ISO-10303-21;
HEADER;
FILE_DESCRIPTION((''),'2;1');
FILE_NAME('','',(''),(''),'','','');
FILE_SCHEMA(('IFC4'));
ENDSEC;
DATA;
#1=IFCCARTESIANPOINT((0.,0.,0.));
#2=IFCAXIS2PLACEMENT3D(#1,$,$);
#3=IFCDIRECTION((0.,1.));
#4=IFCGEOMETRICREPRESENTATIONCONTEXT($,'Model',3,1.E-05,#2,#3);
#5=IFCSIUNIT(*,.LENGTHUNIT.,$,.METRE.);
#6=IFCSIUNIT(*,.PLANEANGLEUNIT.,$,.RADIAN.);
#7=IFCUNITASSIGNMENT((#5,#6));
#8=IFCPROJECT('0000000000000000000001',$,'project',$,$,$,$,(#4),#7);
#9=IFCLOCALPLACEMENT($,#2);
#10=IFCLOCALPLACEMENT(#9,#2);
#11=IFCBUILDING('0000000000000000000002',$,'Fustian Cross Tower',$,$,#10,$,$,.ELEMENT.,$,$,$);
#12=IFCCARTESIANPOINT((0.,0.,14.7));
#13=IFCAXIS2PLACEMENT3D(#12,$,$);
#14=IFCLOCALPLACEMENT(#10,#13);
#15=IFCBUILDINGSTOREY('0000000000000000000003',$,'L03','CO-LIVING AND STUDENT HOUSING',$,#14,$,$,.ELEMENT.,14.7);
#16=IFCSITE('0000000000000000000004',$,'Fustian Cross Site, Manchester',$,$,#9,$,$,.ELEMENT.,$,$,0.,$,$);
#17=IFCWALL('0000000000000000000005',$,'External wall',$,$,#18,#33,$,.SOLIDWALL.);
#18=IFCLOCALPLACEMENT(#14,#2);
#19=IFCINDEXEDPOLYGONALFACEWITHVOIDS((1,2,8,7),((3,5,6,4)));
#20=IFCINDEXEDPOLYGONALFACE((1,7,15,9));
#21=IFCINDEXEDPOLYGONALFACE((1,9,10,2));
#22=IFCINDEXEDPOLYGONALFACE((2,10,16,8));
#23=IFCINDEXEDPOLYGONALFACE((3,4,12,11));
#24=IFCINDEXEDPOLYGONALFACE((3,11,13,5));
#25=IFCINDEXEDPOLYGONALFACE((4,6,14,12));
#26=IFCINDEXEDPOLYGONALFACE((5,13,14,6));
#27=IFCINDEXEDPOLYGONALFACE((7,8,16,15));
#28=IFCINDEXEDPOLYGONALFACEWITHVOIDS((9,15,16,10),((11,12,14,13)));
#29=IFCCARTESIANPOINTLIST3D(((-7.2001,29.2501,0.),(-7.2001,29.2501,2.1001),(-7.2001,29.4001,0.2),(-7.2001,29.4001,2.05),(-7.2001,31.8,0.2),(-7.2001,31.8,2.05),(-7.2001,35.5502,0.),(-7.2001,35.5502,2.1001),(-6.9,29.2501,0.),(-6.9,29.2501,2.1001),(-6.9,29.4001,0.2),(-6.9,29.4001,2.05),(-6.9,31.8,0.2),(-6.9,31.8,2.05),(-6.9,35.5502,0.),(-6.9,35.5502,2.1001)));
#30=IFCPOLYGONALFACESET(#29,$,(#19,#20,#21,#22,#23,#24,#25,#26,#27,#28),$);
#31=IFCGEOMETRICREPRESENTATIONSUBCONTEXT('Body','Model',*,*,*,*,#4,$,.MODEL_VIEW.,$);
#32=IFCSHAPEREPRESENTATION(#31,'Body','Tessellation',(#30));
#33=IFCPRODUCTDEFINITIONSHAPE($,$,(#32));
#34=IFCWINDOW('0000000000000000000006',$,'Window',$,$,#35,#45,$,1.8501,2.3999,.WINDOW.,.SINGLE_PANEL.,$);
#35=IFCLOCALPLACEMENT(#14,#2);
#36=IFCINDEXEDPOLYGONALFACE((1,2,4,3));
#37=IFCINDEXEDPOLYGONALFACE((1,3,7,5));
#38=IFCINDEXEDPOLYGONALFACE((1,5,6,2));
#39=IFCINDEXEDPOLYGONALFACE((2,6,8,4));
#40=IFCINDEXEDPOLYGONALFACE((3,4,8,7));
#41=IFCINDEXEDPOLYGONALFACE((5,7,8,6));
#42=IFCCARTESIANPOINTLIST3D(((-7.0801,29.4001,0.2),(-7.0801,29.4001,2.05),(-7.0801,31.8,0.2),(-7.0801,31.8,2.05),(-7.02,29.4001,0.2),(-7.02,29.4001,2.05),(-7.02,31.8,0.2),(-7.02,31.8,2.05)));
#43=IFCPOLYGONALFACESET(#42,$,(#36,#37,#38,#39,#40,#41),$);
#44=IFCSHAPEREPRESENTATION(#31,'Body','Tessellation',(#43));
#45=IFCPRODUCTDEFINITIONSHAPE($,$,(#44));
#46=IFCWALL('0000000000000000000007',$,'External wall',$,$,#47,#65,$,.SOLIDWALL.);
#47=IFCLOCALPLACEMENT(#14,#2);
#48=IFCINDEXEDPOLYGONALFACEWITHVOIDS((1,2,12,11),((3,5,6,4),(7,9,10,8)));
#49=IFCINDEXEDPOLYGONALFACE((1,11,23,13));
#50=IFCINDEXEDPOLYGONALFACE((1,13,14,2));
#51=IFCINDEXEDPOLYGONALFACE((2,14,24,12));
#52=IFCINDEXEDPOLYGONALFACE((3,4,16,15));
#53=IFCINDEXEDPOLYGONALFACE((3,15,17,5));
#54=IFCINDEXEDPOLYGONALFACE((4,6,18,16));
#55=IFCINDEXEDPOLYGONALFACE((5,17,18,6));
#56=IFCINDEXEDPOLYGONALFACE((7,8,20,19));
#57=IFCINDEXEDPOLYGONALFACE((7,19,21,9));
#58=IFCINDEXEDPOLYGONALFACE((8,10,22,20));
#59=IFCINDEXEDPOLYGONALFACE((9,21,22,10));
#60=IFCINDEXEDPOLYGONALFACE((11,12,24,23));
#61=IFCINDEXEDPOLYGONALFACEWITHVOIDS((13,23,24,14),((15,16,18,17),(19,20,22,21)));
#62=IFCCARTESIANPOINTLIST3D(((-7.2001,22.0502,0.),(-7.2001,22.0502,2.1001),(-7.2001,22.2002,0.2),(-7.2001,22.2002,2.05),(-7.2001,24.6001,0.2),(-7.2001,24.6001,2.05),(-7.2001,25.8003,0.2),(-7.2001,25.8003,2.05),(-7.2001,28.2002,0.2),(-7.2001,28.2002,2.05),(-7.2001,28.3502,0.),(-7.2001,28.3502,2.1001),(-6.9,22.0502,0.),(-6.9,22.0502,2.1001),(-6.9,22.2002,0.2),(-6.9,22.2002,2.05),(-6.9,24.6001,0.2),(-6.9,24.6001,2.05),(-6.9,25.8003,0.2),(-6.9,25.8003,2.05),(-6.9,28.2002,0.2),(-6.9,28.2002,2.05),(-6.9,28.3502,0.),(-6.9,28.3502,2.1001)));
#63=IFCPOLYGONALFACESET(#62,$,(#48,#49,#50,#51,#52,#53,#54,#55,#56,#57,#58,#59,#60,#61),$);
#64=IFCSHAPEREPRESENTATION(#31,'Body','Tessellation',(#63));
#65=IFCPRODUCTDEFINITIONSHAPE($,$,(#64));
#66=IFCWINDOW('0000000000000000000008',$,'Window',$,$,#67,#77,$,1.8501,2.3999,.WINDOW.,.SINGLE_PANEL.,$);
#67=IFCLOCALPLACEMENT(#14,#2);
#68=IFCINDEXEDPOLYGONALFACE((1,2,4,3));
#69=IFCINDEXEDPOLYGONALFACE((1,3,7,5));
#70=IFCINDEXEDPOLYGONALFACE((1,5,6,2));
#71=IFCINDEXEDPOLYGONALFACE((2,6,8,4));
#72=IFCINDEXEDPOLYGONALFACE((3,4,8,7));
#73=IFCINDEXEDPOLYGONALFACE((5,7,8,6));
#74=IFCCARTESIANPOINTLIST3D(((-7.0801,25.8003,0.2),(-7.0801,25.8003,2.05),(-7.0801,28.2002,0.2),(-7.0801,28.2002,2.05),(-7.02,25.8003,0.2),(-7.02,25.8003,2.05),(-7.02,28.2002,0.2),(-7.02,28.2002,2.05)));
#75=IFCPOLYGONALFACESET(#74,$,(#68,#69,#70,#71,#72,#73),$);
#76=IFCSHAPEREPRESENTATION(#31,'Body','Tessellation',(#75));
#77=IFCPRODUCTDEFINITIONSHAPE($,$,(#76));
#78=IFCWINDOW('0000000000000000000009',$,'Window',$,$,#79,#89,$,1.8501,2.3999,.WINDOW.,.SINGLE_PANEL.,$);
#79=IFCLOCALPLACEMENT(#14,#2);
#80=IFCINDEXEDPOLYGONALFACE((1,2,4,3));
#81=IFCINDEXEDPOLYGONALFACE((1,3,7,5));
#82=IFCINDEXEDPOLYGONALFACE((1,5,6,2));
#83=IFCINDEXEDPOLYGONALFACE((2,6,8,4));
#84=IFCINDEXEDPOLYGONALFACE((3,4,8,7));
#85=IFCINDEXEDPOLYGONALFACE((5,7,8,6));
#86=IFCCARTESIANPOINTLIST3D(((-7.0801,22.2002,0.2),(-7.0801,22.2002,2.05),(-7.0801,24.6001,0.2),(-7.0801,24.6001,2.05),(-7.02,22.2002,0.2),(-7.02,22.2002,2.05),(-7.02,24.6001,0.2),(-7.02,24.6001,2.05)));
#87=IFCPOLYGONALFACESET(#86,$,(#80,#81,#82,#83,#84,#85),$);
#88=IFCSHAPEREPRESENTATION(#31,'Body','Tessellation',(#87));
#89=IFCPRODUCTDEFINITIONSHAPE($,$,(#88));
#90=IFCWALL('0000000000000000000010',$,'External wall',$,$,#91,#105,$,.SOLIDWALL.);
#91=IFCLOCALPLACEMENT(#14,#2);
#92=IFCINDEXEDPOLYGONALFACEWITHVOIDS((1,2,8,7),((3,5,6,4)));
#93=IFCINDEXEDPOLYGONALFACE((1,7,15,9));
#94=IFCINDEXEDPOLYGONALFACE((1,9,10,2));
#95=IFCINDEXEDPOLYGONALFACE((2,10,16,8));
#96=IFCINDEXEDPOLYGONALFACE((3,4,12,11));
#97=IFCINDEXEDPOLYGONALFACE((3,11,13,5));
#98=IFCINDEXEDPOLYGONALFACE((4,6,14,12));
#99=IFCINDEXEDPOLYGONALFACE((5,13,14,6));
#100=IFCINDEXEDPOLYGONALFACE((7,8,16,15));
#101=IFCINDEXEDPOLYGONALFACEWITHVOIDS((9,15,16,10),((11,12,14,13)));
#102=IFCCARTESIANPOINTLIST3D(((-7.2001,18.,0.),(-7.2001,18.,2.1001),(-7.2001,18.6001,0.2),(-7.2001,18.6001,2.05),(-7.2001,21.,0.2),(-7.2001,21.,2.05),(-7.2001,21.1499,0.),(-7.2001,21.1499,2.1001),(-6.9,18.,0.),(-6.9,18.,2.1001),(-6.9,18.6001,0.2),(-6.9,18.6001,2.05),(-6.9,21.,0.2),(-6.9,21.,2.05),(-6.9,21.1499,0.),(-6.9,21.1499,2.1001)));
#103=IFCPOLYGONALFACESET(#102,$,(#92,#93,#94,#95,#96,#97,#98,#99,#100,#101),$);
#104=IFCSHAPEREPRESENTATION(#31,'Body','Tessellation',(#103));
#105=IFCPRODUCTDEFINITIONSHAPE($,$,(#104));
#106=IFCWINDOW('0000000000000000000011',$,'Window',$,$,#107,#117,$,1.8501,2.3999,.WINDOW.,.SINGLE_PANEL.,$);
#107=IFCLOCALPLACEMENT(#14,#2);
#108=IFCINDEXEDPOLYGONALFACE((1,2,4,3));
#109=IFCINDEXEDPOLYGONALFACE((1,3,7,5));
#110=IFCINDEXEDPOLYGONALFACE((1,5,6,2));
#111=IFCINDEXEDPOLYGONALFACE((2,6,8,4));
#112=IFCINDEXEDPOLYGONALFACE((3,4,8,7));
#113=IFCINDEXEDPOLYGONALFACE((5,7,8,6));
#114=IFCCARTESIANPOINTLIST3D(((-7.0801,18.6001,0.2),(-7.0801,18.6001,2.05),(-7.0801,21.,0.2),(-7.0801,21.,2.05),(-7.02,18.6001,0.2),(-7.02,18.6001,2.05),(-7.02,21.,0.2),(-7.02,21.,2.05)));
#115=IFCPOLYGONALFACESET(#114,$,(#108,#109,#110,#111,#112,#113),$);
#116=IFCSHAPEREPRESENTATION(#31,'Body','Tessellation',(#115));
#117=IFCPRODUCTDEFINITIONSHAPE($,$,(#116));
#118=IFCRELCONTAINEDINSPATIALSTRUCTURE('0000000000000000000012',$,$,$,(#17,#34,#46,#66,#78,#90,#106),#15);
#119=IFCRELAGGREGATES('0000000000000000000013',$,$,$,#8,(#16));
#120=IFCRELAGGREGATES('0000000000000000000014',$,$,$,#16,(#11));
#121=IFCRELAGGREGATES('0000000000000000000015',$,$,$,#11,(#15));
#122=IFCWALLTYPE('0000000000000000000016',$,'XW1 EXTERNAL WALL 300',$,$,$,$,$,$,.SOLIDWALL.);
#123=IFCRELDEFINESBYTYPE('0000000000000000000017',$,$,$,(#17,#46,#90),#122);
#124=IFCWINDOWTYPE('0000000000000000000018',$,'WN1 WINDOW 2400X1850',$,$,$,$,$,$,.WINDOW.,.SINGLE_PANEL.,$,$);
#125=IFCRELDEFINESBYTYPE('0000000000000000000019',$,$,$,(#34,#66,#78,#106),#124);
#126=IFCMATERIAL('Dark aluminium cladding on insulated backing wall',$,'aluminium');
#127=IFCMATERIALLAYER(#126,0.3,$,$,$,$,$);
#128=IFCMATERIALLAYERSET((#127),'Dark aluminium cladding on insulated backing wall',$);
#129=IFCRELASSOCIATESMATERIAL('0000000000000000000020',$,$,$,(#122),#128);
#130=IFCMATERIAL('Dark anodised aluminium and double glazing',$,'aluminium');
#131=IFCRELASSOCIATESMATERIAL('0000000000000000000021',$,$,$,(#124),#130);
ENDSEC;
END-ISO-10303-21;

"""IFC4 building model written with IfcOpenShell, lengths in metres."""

from ifc_helpers import new_model, si_unit, direction, frame, frame_2d, origin, place, context, subcontext, project, spatial, rectangle, extrude, material, layer, layer_set, type_object, element, fill, save


model = new_model("IFC4")

# Units and contexts
model_context = context("Model", 3, precision=1e-05, world=origin(), true_north=direction((0.0, 1.0)))
body_context = subcontext(model_context, "Body", "Model", "MODEL_VIEW")
ifc_project = project(units=[si_unit("LENGTHUNIT", "METRE"), si_unit("PLANEANGLEUNIT", "RADIAN")], contexts=[model_context])

# Site, building, storey
site_placement = place(None, origin())
site = spatial("IfcSite", under=ifc_project, at=site_placement, Name="Fustian Cross Site, Manchester", CompositionType="ELEMENT", RefElevation=0.0)
building_placement = place(site_placement, origin())
building = spatial("IfcBuilding", under=site, at=building_placement, Name="Fustian Cross Tower", CompositionType="ELEMENT")
storey_placement = place(building_placement, frame((0.0, 0.0, 14.7)))
storey = spatial("IfcBuildingStorey", under=building, at=storey_placement, Name="L03", Description="CO-LIVING AND STUDENT HOUSING", CompositionType="ELEMENT", Elevation=14.7)

# Wall, opening, window
ifc_material_1 = material(Name="Dark aluminium cladding on insulated backing wall", Category="aluminium")
ifc_layer_1 = layer(ifc_material_1, 0.3)
ifc_layer_set_1 = layer_set([ifc_layer_1], Name="Dark aluminium cladding on insulated backing wall")
wall_type_1 = type_object("IfcWallType", Name="XW1 EXTERNAL WALL 300", PredefinedType="SOLIDWALL", material=ifc_layer_set_1)
wall_1_placement = place(storey_placement, frame((-7.05, 35.55, 0.0), z_axis=(0.0, 0.0, 1.0), x_axis=(0.0, -1.0, 0.0)))
wall_1 = element("IfcWall", 1, at=wall_1_placement, inside=storey, type_object=wall_type_1, Name="External wall", PredefinedType="SOLIDWALL", context=body_context, shape_type="SweptSolid", body=[
    extrude(rectangle(XDim=6.3, YDim=0.3, at=frame_2d((3.1499, 0.0))), origin(), (0.0, 0.0, 1.0), 2.1001),
])
opening_1_placement = place(wall_1_placement, frame((3.75, 0.0, 0.2)))
opening_1 = element("IfcOpeningElement", 2, at=opening_1_placement, cuts=wall_1, PredefinedType="OPENING", context=body_context, shape_type="SweptSolid", body=[
    extrude(rectangle(XDim=2.3999, YDim=1.8501, at=frame_2d((1.2, 0.925))), frame((0.0, 0.1599, 0.0), z_axis=(0.0, -1.0, 0.0), x_axis=(1.0, 0.0, 0.0)), (0.0, 0.0, 1.0), 0.3201),
])
ifc_material_2 = material(Name="Dark anodised aluminium and double glazing", Category="aluminium")
window_type_1 = type_object("IfcWindowType", Name="WN1 WINDOW 2400X1850", PartitioningType="SINGLE_PANEL", PredefinedType="WINDOW", material=ifc_material_2)
window_1_placement = place(opening_1_placement, origin())
window_1 = element("IfcWindow", 3, at=window_1_placement, inside=storey, type_object=window_type_1, Name="Window", OverallHeight=1.8501, OverallWidth=2.3999, PartitioningType="SINGLE_PANEL", PredefinedType="WINDOW", context=body_context, shape_type="SweptSolid", body=[
    extrude(rectangle(XDim=2.3999, YDim=1.8501, at=frame_2d((1.2, 0.925))), frame((0.0, 0.03, 0.0), z_axis=(0.0, -1.0, 0.0), x_axis=(1.0, 0.0, 0.0)), (0.0, 0.0, 1.0), 0.0601),
])
fill(opening_1, window_1)

# Wall, openings, windows
wall_2_placement = place(storey_placement, frame((-7.05, 28.3501, 0.0), z_axis=(0.0, 0.0, 1.0), x_axis=(0.0, -1.0, 0.0)))
wall_2 = element("IfcWall", 4, at=wall_2_placement, inside=storey, type_object=wall_type_1, Name="External wall", PredefinedType="SOLIDWALL", context=body_context, shape_type="SweptSolid", body=[
    extrude(rectangle(XDim=6.3, YDim=0.3, at=frame_2d((3.1499, 0.0))), origin(), (0.0, 0.0, 1.0), 2.1001),
])
opening_2_placement = place(wall_2_placement, frame((0.1499, 0.0, 0.2)))
opening_2 = element("IfcOpeningElement", 5, at=opening_2_placement, cuts=wall_2, PredefinedType="OPENING", context=body_context, shape_type="SweptSolid", body=[
    extrude(rectangle(XDim=2.3999, YDim=1.8501, at=frame_2d((1.2, 0.925))), frame((0.0, 0.1599, 0.0), z_axis=(0.0, -1.0, 0.0), x_axis=(1.0, 0.0, 0.0)), (0.0, 0.0, 1.0), 0.3201),
])
opening_3_placement = place(wall_2_placement, frame((3.75, 0.0, 0.2)))
opening_3 = element("IfcOpeningElement", 6, at=opening_3_placement, cuts=wall_2, PredefinedType="OPENING", context=body_context, shape_type="SweptSolid", body=[
    extrude(rectangle(XDim=2.3999, YDim=1.8501, at=frame_2d((1.2, 0.925))), frame((0.0, 0.1599, 0.0), z_axis=(0.0, -1.0, 0.0), x_axis=(1.0, 0.0, 0.0)), (0.0, 0.0, 1.0), 0.3201),
])
window_2_placement = place(opening_2_placement, origin())
window_2 = element("IfcWindow", 7, at=window_2_placement, inside=storey, type_object=window_type_1, Name="Window", OverallHeight=1.8501, OverallWidth=2.3999, PartitioningType="SINGLE_PANEL", PredefinedType="WINDOW", context=body_context, shape_type="SweptSolid", body=[
    extrude(rectangle(XDim=2.3999, YDim=1.8501, at=frame_2d((1.2, 0.925))), frame((0.0, 0.03, 0.0), z_axis=(0.0, -1.0, 0.0), x_axis=(1.0, 0.0, 0.0)), (0.0, 0.0, 1.0), 0.0601),
])
fill(opening_2, window_2)
window_3_placement = place(opening_3_placement, origin())
window_3 = element("IfcWindow", 8, at=window_3_placement, inside=storey, type_object=window_type_1, Name="Window", OverallHeight=1.8501, OverallWidth=2.3999, PartitioningType="SINGLE_PANEL", PredefinedType="WINDOW", context=body_context, shape_type="SweptSolid", body=[
    extrude(rectangle(XDim=2.3999, YDim=1.8501, at=frame_2d((1.2, 0.925))), frame((0.0, 0.03, 0.0), z_axis=(0.0, -1.0, 0.0), x_axis=(1.0, 0.0, 0.0)), (0.0, 0.0, 1.0), 0.0601),
])
fill(opening_3, window_3)

# Wall, opening, window
wall_3_placement = place(storey_placement, frame((-7.05, 21.1499, 0.0), z_axis=(0.0, 0.0, 1.0), x_axis=(0.0, -1.0, 0.0)))
wall_3 = element("IfcWall", 9, at=wall_3_placement, inside=storey, type_object=wall_type_1, Name="External wall", PredefinedType="SOLIDWALL", context=body_context, shape_type="SweptSolid", body=[
    extrude(rectangle(XDim=3.1499, YDim=0.3, at=frame_2d((1.575, 0.0))), origin(), (0.0, 0.0, 1.0), 2.1001),
])
opening_4_placement = place(wall_3_placement, frame((0.1499, 0.0, 0.2)))
opening_4 = element("IfcOpeningElement", 10, at=opening_4_placement, cuts=wall_3, PredefinedType="OPENING", context=body_context, shape_type="SweptSolid", body=[
    extrude(rectangle(XDim=2.3999, YDim=1.8501, at=frame_2d((1.2, 0.925))), frame((0.0, 0.1599, 0.0), z_axis=(0.0, -1.0, 0.0), x_axis=(1.0, 0.0, 0.0)), (0.0, 0.0, 1.0), 0.3201),
])
window_4_placement = place(opening_4_placement, origin())
window_4 = element("IfcWindow", 11, at=window_4_placement, inside=storey, type_object=window_type_1, Name="Window", OverallHeight=1.8501, OverallWidth=2.3999, PartitioningType="SINGLE_PANEL", PredefinedType="WINDOW", context=body_context, shape_type="SweptSolid", body=[
    extrude(rectangle(XDim=2.3999, YDim=1.8501, at=frame_2d((1.2, 0.925))), frame((0.0, 0.03, 0.0), z_axis=(0.0, -1.0, 0.0), x_axis=(1.0, 0.0, 0.0)), (0.0, 0.0, 1.0), 0.0601),
])
fill(opening_4, window_4)

save(model, "model.ifc")
